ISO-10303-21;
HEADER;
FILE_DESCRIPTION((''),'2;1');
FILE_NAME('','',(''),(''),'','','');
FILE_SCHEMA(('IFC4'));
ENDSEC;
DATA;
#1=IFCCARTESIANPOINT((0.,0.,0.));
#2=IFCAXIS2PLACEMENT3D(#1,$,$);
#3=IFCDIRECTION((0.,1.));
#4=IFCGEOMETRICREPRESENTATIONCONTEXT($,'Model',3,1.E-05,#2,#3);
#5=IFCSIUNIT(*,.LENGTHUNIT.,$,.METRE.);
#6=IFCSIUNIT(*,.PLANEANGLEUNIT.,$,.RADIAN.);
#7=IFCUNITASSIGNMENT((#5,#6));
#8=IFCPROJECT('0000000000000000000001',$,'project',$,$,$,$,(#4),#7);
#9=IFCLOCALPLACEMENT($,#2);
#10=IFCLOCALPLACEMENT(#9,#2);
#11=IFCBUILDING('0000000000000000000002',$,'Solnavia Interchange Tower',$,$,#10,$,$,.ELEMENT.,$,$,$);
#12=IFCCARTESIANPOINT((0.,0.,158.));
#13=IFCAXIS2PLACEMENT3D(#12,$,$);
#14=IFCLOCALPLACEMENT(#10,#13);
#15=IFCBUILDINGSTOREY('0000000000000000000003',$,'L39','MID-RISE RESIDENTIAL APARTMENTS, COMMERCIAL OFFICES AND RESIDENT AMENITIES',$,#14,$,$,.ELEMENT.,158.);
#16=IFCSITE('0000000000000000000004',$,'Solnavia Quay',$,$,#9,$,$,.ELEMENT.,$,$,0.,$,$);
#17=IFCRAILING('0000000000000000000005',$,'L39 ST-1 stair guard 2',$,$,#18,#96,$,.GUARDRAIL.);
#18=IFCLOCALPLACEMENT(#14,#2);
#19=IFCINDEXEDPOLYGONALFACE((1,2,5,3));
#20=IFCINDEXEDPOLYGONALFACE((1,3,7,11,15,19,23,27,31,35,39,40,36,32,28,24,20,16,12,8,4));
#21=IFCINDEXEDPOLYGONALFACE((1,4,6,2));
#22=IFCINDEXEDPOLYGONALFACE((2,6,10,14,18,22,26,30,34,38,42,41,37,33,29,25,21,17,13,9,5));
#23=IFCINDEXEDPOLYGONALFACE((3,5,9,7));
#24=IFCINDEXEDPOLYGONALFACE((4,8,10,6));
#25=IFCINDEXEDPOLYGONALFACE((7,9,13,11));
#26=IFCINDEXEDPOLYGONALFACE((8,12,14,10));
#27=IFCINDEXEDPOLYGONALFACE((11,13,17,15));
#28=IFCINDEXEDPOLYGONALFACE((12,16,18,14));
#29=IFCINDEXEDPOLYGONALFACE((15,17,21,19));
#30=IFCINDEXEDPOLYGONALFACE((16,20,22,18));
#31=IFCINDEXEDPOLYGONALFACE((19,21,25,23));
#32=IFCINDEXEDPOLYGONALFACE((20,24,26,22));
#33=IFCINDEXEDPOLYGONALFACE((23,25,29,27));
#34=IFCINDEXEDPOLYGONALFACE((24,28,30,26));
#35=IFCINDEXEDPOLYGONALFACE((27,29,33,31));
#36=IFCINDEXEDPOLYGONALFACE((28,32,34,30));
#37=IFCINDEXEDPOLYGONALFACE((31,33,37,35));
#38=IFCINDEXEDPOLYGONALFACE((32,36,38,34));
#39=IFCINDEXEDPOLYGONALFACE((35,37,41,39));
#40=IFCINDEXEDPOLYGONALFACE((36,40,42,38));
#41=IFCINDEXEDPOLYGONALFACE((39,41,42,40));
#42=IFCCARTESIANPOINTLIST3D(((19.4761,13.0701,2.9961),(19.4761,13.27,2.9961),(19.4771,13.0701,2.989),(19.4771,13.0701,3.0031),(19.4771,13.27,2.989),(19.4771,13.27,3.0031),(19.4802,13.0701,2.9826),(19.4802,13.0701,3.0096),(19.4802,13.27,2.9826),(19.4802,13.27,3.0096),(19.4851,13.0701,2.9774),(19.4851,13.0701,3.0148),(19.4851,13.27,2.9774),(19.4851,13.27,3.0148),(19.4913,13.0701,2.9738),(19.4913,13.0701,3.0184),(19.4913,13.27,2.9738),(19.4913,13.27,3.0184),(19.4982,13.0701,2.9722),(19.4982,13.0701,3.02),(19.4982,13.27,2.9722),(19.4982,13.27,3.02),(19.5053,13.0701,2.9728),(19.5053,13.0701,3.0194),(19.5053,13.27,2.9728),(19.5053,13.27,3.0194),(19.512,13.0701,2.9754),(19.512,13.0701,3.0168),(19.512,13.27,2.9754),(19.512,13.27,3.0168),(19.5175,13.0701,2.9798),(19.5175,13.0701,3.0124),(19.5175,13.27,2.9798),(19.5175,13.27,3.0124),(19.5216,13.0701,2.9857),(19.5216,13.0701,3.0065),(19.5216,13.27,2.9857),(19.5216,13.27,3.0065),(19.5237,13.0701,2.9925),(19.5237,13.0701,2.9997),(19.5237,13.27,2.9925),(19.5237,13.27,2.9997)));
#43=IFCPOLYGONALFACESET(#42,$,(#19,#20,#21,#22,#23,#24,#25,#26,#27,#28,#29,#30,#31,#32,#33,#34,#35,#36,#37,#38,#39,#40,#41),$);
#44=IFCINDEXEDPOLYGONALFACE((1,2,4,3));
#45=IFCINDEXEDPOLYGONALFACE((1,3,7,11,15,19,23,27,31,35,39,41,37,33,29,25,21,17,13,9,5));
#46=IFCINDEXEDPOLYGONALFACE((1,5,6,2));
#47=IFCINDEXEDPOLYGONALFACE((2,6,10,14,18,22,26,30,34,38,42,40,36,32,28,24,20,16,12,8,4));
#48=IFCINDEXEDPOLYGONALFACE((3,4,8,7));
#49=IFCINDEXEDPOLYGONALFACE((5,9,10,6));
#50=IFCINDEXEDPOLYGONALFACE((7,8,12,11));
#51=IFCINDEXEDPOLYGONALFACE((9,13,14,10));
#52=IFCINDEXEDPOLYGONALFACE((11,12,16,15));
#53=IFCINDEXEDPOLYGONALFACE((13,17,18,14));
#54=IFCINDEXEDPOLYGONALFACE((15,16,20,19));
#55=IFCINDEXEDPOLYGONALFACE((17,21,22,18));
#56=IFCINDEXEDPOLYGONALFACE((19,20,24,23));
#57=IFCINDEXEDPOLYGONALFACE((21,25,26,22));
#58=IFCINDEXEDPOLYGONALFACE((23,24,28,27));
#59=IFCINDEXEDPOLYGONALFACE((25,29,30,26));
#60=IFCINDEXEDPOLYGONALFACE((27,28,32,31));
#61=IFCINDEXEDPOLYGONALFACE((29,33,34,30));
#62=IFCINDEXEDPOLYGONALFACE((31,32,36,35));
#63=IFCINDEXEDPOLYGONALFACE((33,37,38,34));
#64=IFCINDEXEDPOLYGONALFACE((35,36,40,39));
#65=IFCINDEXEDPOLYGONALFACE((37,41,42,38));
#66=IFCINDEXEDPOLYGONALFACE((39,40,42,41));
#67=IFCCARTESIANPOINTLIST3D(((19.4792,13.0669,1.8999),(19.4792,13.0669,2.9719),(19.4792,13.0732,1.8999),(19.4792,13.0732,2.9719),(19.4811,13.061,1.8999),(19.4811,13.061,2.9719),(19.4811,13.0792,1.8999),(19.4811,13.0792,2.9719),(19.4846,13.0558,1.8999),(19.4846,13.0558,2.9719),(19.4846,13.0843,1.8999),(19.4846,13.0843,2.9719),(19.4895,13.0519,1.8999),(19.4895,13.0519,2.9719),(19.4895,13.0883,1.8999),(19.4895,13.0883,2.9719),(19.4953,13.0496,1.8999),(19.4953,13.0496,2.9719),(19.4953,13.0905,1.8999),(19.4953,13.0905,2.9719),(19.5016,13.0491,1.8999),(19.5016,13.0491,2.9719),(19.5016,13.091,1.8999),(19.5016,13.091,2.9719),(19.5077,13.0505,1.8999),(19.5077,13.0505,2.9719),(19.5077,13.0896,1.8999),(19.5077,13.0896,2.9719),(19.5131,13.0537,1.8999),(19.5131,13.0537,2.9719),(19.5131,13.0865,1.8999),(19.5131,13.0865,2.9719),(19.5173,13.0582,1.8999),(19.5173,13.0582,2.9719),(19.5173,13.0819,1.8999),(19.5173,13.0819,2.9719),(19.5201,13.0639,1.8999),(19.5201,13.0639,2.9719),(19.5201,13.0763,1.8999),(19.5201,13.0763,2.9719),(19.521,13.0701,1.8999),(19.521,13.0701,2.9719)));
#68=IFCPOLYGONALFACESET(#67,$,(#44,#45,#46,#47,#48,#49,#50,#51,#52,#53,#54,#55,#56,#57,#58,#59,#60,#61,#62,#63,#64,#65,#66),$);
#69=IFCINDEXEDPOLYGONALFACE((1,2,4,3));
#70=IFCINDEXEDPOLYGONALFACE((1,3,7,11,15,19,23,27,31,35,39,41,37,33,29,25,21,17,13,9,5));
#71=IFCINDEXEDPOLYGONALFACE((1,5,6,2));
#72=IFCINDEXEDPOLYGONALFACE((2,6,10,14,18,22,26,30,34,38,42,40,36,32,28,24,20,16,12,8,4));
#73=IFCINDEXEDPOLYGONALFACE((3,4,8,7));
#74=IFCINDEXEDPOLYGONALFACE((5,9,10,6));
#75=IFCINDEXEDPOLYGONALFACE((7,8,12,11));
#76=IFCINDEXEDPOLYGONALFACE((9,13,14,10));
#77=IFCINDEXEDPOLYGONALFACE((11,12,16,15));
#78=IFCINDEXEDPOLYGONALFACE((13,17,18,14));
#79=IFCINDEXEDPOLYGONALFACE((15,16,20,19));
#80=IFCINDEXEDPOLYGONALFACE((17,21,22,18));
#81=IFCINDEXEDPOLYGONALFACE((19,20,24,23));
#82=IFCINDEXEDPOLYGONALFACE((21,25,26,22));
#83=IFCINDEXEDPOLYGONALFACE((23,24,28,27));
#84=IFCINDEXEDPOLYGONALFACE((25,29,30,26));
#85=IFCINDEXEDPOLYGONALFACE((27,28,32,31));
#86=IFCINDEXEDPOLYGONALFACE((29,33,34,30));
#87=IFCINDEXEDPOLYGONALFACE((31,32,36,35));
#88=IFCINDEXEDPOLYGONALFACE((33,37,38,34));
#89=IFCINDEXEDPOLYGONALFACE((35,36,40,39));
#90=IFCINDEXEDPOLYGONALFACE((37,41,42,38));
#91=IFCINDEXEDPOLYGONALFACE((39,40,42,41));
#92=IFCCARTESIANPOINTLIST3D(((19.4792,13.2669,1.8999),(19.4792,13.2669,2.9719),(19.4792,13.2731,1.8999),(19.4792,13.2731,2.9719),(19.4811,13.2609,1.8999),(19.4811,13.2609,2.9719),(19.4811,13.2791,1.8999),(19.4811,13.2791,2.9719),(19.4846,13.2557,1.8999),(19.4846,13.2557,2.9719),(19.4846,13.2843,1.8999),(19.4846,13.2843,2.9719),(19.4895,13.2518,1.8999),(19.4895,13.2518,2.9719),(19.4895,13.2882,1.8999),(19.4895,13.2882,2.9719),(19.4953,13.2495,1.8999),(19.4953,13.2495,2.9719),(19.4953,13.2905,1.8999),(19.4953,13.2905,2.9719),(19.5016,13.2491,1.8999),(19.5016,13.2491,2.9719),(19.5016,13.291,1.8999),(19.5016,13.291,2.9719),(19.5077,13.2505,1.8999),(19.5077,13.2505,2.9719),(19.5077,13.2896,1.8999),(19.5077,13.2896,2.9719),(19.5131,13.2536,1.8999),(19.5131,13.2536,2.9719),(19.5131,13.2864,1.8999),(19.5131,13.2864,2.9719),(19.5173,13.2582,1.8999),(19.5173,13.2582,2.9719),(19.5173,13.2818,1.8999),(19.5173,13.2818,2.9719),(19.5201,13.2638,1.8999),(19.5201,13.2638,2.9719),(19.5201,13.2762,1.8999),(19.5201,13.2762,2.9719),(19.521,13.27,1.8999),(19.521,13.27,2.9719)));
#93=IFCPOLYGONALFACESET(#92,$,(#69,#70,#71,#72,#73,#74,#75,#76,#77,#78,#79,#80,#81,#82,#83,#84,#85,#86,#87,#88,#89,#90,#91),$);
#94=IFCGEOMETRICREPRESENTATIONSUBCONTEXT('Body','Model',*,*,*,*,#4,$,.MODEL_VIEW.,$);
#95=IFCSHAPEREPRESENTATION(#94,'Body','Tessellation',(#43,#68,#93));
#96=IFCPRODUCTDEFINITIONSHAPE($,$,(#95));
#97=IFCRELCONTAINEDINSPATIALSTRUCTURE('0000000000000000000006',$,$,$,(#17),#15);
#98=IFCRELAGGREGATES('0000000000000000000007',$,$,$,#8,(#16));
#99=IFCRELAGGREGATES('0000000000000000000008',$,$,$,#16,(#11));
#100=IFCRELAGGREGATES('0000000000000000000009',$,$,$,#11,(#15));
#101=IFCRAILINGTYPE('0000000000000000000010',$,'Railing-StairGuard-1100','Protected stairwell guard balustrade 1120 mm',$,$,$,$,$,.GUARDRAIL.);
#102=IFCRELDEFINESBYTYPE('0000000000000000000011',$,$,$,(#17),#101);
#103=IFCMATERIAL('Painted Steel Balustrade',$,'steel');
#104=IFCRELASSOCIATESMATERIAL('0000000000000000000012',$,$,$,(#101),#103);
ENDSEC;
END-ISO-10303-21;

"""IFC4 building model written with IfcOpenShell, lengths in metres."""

from ifc_helpers import new_model, si_unit, direction, frame, origin, origin_2d, place, context, subcontext, project, spatial, circle, extrude, material, type_object, element, save


model = new_model("IFC4")

# Units and contexts
model_context = context("Model", 3, precision=1e-05, world=origin(), true_north=direction((0.0, 1.0)))
body_context = subcontext(model_context, "Body", "Model", "MODEL_VIEW")
ifc_project = project(units=[si_unit("LENGTHUNIT", "METRE"), si_unit("PLANEANGLEUNIT", "RADIAN")], contexts=[model_context])

# Site, building, storey
site_placement = place(None, origin())
site = spatial("IfcSite", under=ifc_project, at=site_placement, Name="Solnavia Quay", CompositionType="ELEMENT", RefElevation=0.0)
building_placement = place(site_placement, origin())
building = spatial("IfcBuilding", under=site, at=building_placement, Name="Solnavia Interchange Tower", CompositionType="ELEMENT")
storey_placement = place(building_placement, frame((0.0, 0.0, 158.0)))
storey = spatial("IfcBuildingStorey", under=building, at=storey_placement, Name="L39", Description="MID-RISE RESIDENTIAL APARTMENTS, COMMERCIAL OFFICES AND RESIDENT AMENITIES", CompositionType="ELEMENT", Elevation=158.0)

# Railing
ifc_material_1 = material(Name="Painted Steel Balustrade", Category="steel")
railing_type_1 = type_object("IfcRailingType", Name="Railing-StairGuard-1100", Description="Protected stairwell guard balustrade 1120 mm", PredefinedType="GUARDRAIL", material=ifc_material_1)
railing_1_placement = place(storey_placement, frame((19.5, 13.0701, 1.8999)))
element("IfcRailing", 1, at=railing_1_placement, inside=storey, type_object=railing_type_1, Name="L39 ST-1 stair guard 2", PredefinedType="GUARDRAIL", context=body_context, shape_type="SweptSolid", body=[
    extrude(circle(Radius=0.0239, at=origin_2d()), frame((0.0, 0.0, 1.0962), z_axis=(0.0, 1.0, 0.0), x_axis=(-1.0, 0.0, 0.0)), (0.0, 0.0, 1.0), 0.2),
    extrude(circle(Radius=0.021, at=origin_2d()), origin(), (0.0, 0.0, 1.0), 1.072),
    extrude(circle(Radius=0.021, at=origin_2d()), frame((0.0, 0.2, 0.0)), (0.0, 0.0, 1.0), 1.072),
])

save(model, "model.ifc")
